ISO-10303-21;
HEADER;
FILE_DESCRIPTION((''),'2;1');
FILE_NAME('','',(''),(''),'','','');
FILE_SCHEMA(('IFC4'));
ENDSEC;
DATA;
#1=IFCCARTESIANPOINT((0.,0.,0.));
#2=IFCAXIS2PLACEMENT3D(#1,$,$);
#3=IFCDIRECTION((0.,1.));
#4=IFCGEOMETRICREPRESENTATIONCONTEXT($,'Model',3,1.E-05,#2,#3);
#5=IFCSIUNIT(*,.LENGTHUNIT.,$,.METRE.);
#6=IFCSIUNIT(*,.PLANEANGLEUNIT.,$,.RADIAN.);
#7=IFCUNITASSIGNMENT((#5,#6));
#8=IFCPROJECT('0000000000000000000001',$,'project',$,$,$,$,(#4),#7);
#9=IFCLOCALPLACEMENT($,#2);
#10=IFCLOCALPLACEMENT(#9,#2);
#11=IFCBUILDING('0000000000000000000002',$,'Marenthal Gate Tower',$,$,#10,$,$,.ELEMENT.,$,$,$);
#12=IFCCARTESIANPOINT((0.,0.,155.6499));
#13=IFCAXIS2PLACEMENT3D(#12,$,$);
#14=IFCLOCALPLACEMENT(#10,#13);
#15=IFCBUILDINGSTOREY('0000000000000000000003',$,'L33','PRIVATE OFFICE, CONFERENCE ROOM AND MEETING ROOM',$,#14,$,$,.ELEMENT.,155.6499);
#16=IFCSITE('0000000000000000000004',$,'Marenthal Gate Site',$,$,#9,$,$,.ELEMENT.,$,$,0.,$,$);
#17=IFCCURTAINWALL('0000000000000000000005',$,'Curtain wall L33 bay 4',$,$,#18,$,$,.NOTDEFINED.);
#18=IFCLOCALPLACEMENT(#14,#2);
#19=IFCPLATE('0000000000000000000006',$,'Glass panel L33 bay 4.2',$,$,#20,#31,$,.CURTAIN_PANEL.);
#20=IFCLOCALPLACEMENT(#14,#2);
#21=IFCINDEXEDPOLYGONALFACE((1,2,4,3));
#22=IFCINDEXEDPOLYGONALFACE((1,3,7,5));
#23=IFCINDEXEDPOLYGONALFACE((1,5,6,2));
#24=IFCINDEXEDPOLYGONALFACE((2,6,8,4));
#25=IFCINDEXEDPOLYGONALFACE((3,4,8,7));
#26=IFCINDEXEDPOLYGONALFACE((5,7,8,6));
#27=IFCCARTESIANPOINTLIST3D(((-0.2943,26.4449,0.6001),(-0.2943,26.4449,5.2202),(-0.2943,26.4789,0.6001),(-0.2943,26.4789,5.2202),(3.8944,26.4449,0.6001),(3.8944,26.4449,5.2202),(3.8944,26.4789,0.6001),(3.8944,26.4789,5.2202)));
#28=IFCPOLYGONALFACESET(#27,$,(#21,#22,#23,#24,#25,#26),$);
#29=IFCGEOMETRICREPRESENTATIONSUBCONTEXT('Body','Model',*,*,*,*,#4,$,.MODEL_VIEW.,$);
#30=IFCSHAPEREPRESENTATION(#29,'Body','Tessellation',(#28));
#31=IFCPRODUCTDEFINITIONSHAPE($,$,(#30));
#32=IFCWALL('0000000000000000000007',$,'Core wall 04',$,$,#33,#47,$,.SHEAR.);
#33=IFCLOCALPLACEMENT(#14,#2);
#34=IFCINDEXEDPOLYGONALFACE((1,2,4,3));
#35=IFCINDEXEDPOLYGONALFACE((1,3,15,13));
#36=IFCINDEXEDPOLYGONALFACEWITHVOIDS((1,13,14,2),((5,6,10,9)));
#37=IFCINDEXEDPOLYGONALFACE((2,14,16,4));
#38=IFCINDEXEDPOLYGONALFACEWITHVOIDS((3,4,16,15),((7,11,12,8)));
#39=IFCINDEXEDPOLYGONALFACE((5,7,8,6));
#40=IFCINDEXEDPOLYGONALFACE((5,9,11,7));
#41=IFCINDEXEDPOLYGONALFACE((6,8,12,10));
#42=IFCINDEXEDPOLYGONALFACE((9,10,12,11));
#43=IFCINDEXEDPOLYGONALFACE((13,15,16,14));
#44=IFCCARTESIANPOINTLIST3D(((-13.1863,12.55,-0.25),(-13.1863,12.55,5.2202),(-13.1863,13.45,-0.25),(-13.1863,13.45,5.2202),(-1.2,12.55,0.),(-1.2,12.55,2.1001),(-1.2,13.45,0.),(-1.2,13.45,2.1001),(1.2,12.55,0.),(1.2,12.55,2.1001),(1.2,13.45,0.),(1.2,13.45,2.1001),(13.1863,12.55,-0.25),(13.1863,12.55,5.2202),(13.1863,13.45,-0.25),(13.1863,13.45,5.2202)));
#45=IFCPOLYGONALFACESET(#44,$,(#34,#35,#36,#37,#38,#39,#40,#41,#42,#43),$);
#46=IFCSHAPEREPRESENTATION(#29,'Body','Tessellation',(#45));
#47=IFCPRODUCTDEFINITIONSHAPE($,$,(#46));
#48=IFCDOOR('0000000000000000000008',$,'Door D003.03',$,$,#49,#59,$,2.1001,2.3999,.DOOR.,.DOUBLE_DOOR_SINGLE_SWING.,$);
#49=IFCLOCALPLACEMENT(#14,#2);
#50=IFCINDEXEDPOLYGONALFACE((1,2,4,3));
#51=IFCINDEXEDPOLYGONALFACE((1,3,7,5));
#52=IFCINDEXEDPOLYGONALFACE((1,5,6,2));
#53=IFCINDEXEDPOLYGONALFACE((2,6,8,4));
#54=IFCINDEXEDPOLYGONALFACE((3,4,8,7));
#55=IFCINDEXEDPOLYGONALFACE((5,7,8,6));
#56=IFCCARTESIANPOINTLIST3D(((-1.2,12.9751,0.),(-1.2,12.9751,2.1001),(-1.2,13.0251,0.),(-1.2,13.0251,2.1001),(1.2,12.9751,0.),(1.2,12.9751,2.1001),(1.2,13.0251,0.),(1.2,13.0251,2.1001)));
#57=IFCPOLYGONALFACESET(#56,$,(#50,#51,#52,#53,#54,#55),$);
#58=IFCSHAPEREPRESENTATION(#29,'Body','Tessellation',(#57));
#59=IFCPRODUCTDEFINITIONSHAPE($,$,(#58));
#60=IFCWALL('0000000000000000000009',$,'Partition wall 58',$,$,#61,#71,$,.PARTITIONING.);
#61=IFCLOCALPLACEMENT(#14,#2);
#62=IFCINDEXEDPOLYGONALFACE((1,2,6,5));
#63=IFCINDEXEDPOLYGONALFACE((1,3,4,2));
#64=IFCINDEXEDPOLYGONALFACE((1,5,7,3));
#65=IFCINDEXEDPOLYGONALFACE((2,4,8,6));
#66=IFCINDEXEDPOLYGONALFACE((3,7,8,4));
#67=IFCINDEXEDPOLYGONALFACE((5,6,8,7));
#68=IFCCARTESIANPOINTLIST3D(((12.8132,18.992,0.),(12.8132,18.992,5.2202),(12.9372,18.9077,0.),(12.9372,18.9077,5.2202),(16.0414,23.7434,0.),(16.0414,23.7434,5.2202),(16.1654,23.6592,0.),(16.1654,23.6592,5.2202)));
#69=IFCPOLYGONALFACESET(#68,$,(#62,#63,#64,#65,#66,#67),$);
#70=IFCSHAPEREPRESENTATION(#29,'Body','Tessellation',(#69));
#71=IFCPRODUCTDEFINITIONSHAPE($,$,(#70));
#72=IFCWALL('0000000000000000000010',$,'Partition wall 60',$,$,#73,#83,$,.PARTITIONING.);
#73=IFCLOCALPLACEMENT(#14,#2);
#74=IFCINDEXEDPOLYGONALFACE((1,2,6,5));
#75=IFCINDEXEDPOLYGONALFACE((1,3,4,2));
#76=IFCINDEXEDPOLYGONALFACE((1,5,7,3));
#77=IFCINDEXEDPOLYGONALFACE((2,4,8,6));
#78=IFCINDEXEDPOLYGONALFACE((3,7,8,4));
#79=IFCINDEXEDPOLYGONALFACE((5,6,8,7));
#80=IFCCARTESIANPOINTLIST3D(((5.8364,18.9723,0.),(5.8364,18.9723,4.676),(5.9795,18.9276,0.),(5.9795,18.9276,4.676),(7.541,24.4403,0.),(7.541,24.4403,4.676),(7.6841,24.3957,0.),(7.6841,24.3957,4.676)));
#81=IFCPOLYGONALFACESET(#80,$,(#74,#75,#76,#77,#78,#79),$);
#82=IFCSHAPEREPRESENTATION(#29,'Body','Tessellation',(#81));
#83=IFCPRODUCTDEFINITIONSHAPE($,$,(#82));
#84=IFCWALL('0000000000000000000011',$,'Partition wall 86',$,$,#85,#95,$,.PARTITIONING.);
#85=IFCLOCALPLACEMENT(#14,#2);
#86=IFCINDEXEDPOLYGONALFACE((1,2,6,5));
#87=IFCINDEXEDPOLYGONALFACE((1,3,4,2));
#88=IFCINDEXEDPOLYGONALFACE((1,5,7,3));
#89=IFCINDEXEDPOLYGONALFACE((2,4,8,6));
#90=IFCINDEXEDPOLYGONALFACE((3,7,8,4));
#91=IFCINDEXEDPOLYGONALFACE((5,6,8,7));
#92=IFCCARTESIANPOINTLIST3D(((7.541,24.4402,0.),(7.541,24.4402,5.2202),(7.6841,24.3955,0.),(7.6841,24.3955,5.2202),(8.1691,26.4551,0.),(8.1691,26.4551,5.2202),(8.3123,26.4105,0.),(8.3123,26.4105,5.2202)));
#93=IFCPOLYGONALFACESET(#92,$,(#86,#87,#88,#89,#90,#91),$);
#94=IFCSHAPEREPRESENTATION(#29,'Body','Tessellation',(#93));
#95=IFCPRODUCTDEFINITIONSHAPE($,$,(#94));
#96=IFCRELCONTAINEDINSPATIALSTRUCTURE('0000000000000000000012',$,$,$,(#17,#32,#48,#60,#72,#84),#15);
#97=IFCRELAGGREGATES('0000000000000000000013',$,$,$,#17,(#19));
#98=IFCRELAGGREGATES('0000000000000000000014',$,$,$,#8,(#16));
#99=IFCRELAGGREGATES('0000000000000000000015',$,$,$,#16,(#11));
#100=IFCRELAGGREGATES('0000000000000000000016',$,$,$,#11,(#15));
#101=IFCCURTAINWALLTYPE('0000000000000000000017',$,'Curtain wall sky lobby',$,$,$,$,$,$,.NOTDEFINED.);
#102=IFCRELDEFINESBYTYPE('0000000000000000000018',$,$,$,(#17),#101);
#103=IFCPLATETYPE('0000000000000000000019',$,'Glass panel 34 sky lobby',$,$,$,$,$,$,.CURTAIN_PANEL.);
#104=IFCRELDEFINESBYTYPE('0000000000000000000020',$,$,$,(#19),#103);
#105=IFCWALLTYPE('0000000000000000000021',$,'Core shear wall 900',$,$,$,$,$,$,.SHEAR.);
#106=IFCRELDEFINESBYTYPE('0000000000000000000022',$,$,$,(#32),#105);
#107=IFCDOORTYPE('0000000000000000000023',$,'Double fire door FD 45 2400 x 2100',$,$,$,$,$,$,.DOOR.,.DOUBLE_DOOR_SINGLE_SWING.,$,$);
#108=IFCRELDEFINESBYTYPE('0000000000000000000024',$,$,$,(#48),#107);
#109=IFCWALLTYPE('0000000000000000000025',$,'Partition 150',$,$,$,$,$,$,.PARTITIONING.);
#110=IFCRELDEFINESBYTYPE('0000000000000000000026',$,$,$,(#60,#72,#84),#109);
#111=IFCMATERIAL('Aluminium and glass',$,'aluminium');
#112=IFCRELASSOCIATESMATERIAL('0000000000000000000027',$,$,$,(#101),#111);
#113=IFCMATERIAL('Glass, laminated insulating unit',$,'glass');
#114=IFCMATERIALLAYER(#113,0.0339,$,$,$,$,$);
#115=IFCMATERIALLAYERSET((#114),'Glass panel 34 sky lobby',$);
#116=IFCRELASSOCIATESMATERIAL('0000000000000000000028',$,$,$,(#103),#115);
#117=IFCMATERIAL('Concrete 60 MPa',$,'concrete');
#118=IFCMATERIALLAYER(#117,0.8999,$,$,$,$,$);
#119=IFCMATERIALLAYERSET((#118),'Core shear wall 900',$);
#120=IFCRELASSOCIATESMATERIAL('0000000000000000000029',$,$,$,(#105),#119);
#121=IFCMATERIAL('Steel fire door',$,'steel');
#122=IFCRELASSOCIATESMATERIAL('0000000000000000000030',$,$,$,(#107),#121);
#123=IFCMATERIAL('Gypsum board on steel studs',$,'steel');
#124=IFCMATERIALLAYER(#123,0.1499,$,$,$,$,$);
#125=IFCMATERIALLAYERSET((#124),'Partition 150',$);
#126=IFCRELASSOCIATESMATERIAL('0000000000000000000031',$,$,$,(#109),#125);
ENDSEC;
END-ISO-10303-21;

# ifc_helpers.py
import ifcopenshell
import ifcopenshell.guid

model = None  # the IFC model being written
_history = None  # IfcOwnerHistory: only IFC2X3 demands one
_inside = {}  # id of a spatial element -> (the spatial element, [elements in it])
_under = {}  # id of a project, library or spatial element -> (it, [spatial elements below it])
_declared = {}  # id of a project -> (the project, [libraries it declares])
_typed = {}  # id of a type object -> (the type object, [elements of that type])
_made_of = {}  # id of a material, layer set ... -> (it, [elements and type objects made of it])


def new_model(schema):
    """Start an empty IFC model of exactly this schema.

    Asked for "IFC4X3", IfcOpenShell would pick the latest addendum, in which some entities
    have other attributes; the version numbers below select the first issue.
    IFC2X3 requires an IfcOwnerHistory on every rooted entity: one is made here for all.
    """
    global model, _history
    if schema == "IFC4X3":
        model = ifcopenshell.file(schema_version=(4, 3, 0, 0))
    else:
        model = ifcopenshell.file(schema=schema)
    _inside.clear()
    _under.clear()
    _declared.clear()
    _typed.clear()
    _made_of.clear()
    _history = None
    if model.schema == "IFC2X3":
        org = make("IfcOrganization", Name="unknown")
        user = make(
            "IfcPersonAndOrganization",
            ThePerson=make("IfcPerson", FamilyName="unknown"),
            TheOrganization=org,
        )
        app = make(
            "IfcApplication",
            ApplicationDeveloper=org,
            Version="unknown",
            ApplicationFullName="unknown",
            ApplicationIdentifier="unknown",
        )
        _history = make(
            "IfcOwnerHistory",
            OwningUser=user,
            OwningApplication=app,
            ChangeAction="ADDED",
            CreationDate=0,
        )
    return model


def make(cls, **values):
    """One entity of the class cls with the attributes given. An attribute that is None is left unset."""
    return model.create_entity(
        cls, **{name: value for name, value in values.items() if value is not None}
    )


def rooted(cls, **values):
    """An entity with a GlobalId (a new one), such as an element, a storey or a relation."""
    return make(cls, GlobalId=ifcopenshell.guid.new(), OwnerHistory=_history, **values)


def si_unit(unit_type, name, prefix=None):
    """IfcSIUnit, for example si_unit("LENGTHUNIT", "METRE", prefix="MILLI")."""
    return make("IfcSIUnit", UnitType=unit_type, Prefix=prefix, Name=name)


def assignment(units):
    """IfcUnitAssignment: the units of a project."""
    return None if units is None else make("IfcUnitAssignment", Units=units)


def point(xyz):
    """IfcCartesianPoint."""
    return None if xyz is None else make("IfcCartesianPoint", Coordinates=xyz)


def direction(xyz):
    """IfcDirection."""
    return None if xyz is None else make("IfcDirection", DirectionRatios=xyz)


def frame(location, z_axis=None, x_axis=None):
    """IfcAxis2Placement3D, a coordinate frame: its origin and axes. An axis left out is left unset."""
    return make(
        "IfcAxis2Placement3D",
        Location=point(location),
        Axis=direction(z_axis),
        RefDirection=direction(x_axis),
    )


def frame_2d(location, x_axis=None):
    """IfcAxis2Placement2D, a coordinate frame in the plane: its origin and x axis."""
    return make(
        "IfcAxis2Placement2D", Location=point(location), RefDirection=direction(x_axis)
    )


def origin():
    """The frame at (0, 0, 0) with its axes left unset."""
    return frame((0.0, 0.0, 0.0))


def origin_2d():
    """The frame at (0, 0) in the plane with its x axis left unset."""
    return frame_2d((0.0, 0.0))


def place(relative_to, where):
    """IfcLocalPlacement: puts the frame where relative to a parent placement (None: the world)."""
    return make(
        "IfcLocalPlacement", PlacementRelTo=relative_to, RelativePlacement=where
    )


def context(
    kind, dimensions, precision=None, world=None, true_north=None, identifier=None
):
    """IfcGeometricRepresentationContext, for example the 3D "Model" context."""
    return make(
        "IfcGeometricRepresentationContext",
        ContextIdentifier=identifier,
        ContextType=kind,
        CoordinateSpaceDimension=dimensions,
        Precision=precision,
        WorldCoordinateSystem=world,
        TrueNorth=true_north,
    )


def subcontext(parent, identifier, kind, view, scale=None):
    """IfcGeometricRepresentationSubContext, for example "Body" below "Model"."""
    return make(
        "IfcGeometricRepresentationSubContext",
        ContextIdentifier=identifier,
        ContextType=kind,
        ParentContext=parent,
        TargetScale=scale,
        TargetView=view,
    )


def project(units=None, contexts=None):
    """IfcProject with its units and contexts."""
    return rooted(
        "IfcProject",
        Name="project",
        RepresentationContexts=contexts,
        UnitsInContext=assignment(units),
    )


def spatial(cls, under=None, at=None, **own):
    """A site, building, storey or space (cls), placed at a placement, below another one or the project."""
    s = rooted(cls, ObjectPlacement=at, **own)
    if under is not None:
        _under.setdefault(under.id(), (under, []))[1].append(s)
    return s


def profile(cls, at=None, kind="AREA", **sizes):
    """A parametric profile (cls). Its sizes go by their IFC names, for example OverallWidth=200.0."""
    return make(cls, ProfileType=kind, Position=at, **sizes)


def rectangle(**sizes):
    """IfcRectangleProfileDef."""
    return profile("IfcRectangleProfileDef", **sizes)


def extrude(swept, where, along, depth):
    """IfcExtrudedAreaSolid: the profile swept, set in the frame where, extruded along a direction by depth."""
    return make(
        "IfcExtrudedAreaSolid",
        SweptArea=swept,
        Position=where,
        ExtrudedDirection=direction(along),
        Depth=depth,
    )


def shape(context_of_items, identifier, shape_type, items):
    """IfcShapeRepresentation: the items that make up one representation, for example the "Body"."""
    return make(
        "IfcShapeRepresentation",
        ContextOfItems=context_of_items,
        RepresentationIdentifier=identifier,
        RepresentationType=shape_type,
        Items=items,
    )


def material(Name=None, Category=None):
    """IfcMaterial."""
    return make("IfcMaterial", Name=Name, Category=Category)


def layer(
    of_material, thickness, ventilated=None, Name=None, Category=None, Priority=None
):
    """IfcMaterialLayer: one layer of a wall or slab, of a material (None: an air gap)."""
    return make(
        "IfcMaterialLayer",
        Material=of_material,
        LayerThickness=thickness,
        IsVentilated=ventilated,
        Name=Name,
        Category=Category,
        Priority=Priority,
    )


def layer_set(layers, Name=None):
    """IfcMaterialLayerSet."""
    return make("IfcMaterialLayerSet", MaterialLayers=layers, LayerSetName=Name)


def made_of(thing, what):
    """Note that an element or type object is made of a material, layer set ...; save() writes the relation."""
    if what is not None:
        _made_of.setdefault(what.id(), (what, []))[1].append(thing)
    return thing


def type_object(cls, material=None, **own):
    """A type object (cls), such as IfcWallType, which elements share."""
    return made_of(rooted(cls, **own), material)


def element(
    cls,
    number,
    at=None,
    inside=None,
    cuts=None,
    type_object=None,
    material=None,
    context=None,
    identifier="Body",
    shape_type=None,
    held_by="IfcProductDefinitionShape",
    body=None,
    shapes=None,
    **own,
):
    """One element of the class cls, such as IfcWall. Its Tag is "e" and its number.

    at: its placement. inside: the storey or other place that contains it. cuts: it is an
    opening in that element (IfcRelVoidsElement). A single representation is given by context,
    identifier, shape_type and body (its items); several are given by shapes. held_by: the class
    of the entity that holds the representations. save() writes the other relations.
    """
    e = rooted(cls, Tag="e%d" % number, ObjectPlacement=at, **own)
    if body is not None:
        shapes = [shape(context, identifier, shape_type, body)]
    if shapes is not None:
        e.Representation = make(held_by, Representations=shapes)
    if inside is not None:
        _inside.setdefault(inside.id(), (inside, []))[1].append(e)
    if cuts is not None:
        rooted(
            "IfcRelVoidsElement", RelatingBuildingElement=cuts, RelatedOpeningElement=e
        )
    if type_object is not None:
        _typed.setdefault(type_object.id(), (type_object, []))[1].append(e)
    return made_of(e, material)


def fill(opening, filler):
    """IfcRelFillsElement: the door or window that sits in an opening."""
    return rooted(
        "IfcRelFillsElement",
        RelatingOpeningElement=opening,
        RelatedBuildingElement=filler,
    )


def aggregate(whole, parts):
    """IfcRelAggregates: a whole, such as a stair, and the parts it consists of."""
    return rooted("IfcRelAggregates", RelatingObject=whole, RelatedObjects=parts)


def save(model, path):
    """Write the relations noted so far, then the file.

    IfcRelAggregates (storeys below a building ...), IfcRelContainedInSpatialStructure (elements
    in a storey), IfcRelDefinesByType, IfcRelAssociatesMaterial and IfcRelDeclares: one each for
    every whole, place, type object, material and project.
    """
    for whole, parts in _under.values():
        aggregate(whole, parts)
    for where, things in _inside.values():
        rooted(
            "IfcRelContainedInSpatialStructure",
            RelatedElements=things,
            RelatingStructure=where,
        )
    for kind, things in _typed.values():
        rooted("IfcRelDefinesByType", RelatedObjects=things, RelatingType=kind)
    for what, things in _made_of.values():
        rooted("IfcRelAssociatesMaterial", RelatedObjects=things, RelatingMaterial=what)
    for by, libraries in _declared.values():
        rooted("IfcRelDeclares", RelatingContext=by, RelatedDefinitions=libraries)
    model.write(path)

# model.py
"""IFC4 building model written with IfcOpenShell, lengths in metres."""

from ifc_helpers import new_model, si_unit, direction, frame, frame_2d, origin, origin_2d, place, context, subcontext, project, spatial, rectangle, extrude, material, layer, layer_set, type_object, element, fill, aggregate, save


model = new_model("IFC4")

# Units and contexts
model_context = context("Model", 3, precision=1e-05, world=origin(), true_north=direction((0.0, 1.0)))
body_context = subcontext(model_context, "Body", "Model", "MODEL_VIEW")
ifc_project = project(units=[si_unit("LENGTHUNIT", "METRE"), si_unit("PLANEANGLEUNIT", "RADIAN")], contexts=[model_context])

# Site, building, storey
site_placement = place(None, origin())
site = spatial("IfcSite", under=ifc_project, at=site_placement, Name="Marenthal Gate Site", CompositionType="ELEMENT", RefElevation=0.0)
building_placement = place(site_placement, origin())
building = spatial("IfcBuilding", under=site, at=building_placement, Name="Marenthal Gate Tower", CompositionType="ELEMENT")
storey_placement = place(building_placement, frame((0.0, 0.0, 155.6499)))
storey = spatial("IfcBuildingStorey", under=building, at=storey_placement, Name="L33", Description="PRIVATE OFFICE, CONFERENCE ROOM AND MEETING ROOM", CompositionType="ELEMENT", Elevation=155.6499)

# Curtain wall
ifc_material_1 = material(Name="Aluminium and glass", Category="aluminium")
curtain_wall_type = type_object("IfcCurtainWallType", Name="Curtain wall sky lobby", PredefinedType="NOTDEFINED", material=ifc_material_1)
curtain_wall_1_placement = place(storey_placement, origin())
curtain_wall_1 = element("IfcCurtainWall", 1, at=curtain_wall_1_placement, inside=storey, type_object=curtain_wall_type, Name="Curtain wall L33 bay 4", PredefinedType="NOTDEFINED")

# Plate
ifc_material_2 = material(Name="Glass, laminated insulating unit", Category="glass")
ifc_layer_1 = layer(ifc_material_2, 0.0339)
ifc_layer_set_1 = layer_set([ifc_layer_1], Name="Glass panel 34 sky lobby")
plate_type = type_object("IfcPlateType", Name="Glass panel 34 sky lobby", PredefinedType="CURTAIN_PANEL", material=ifc_layer_set_1)
plate_1_placement = place(storey_placement, frame((1.8, 26.4619, 0.6001), z_axis=(0.0, 0.0, 1.0), x_axis=(-1.0, 0.0, 0.0)))
plate_1 = element("IfcPlate", 2, at=plate_1_placement, type_object=plate_type, Name="Glass panel L33 bay 4.2", PredefinedType="CURTAIN_PANEL", context=body_context, shape_type="SweptSolid", body=[
    extrude(rectangle(XDim=4.1887, YDim=0.0339, at=origin_2d()), origin(), (0.0, 0.0, 1.0), 4.6201),
])
aggregate(curtain_wall_1, [plate_1])

# Wall, opening, door
ifc_material_3 = material(Name="Concrete 60 MPa", Category="concrete")
ifc_layer_2 = layer(ifc_material_3, 0.8999)
ifc_layer_set_2 = layer_set([ifc_layer_2], Name="Core shear wall 900")
wall_type_1 = type_object("IfcWallType", Name="Core shear wall 900", PredefinedType="SHEAR", material=ifc_layer_set_2)
wall_1_placement = place(storey_placement, frame((13.1863, 13.0, -0.25), z_axis=(0.0, 0.0, 1.0), x_axis=(-1.0, 0.0, 0.0)))
wall_1 = element("IfcWall", 3, at=wall_1_placement, inside=storey, type_object=wall_type_1, Name="Core wall 04", PredefinedType="SHEAR", context=body_context, shape_type="SweptSolid", body=[
    extrude(rectangle(XDim=26.3726, YDim=0.8999, at=frame_2d((13.1863, 0.0))), origin(), (0.0, 0.0, 1.0), 5.4702),
])
opening_placement = place(wall_1_placement, frame((11.9863, 0.0, 0.25)))
opening = element("IfcOpeningElement", 4, at=opening_placement, cuts=wall_1, PredefinedType="OPENING", context=body_context, shape_type="SweptSolid", body=[
    extrude(rectangle(XDim=2.3999, YDim=2.1001, at=frame_2d((1.2, 1.05))), frame((0.0, 0.46, 0.0), z_axis=(0.0, -1.0, 0.0), x_axis=(1.0, 0.0, 0.0)), (0.0, 0.0, 1.0), 0.9199),
])
ifc_material_4 = material(Name="Steel fire door", Category="steel")
door_type = type_object("IfcDoorType", Name="Double fire door FD 45 2400 x 2100", OperationType="DOUBLE_DOOR_SINGLE_SWING", PredefinedType="DOOR", material=ifc_material_4)
door_placement = place(opening_placement, origin())
door = element("IfcDoor", 5, at=door_placement, inside=storey, type_object=door_type, Name="Door D003.03", OperationType="DOUBLE_DOOR_SINGLE_SWING", OverallHeight=2.1001, OverallWidth=2.3999, PredefinedType="DOOR", context=body_context, shape_type="SweptSolid", body=[
    extrude(rectangle(XDim=2.3999, YDim=2.1001, at=frame_2d((1.2, 1.05))), frame((0.0, 0.0249, 0.0), z_axis=(0.0, -1.0, 0.0), x_axis=(1.0, 0.0, 0.0)), (0.0, 0.0, 1.0), 0.05),
])
fill(opening, door)

# Walls
ifc_material_5 = material(Name="Gypsum board on steel studs", Category="steel")
ifc_layer_3 = layer(ifc_material_5, 0.1499)
ifc_layer_set_3 = layer_set([ifc_layer_3], Name="Partition 150")
wall_type_2 = type_object("IfcWallType", Name="Partition 150", PredefinedType="PARTITIONING", material=ifc_layer_set_3)
wall_2_placement = place(storey_placement, frame((12.8752, 18.95, 0.0), z_axis=(0.0, 0.0, 1.0), x_axis=(0.561986, 0.827147, 0.0)))
element("IfcWall", 6, at=wall_2_placement, inside=storey, type_object=wall_type_2, Name="Partition wall 58", PredefinedType="PARTITIONING", context=body_context, shape_type="SweptSolid", body=[
    extrude(rectangle(XDim=5.7444, YDim=0.1499, at=frame_2d((2.8721, 0.0))), origin(), (0.0, 0.0, 1.0), 5.2202),
])
wall_3_placement = place(storey_placement, frame((5.908, 18.95, 0.0), z_axis=(0.0, 0.0, 1.0), x_axis=(0.297612, 0.954687, 0.0)))
element("IfcWall", 7, at=wall_3_placement, inside=storey, type_object=wall_type_2, Name="Partition wall 60", PredefinedType="PARTITIONING", context=body_context, shape_type="SweptSolid", body=[
    extrude(rectangle(XDim=5.7275, YDim=0.1499, at=frame_2d((2.8638, 0.0))), origin(), (0.0, 0.0, 1.0), 4.676),
])
wall_4_placement = place(storey_placement, frame((7.6125, 24.418, 0.0), z_axis=(0.0, 0.0, 1.0), x_axis=(0.297636, 0.954679, 0.0)))
element("IfcWall", 8, at=wall_4_placement, inside=storey, type_object=wall_type_2, Name="Partition wall 86", PredefinedType="PARTITIONING", context=body_context, shape_type="SweptSolid", body=[
    extrude(rectangle(XDim=2.1106, YDim=0.1499, at=frame_2d((1.0552, 0.0))), origin(), (0.0, 0.0, 1.0), 5.2202),
])

save(model, "model.ifc")
